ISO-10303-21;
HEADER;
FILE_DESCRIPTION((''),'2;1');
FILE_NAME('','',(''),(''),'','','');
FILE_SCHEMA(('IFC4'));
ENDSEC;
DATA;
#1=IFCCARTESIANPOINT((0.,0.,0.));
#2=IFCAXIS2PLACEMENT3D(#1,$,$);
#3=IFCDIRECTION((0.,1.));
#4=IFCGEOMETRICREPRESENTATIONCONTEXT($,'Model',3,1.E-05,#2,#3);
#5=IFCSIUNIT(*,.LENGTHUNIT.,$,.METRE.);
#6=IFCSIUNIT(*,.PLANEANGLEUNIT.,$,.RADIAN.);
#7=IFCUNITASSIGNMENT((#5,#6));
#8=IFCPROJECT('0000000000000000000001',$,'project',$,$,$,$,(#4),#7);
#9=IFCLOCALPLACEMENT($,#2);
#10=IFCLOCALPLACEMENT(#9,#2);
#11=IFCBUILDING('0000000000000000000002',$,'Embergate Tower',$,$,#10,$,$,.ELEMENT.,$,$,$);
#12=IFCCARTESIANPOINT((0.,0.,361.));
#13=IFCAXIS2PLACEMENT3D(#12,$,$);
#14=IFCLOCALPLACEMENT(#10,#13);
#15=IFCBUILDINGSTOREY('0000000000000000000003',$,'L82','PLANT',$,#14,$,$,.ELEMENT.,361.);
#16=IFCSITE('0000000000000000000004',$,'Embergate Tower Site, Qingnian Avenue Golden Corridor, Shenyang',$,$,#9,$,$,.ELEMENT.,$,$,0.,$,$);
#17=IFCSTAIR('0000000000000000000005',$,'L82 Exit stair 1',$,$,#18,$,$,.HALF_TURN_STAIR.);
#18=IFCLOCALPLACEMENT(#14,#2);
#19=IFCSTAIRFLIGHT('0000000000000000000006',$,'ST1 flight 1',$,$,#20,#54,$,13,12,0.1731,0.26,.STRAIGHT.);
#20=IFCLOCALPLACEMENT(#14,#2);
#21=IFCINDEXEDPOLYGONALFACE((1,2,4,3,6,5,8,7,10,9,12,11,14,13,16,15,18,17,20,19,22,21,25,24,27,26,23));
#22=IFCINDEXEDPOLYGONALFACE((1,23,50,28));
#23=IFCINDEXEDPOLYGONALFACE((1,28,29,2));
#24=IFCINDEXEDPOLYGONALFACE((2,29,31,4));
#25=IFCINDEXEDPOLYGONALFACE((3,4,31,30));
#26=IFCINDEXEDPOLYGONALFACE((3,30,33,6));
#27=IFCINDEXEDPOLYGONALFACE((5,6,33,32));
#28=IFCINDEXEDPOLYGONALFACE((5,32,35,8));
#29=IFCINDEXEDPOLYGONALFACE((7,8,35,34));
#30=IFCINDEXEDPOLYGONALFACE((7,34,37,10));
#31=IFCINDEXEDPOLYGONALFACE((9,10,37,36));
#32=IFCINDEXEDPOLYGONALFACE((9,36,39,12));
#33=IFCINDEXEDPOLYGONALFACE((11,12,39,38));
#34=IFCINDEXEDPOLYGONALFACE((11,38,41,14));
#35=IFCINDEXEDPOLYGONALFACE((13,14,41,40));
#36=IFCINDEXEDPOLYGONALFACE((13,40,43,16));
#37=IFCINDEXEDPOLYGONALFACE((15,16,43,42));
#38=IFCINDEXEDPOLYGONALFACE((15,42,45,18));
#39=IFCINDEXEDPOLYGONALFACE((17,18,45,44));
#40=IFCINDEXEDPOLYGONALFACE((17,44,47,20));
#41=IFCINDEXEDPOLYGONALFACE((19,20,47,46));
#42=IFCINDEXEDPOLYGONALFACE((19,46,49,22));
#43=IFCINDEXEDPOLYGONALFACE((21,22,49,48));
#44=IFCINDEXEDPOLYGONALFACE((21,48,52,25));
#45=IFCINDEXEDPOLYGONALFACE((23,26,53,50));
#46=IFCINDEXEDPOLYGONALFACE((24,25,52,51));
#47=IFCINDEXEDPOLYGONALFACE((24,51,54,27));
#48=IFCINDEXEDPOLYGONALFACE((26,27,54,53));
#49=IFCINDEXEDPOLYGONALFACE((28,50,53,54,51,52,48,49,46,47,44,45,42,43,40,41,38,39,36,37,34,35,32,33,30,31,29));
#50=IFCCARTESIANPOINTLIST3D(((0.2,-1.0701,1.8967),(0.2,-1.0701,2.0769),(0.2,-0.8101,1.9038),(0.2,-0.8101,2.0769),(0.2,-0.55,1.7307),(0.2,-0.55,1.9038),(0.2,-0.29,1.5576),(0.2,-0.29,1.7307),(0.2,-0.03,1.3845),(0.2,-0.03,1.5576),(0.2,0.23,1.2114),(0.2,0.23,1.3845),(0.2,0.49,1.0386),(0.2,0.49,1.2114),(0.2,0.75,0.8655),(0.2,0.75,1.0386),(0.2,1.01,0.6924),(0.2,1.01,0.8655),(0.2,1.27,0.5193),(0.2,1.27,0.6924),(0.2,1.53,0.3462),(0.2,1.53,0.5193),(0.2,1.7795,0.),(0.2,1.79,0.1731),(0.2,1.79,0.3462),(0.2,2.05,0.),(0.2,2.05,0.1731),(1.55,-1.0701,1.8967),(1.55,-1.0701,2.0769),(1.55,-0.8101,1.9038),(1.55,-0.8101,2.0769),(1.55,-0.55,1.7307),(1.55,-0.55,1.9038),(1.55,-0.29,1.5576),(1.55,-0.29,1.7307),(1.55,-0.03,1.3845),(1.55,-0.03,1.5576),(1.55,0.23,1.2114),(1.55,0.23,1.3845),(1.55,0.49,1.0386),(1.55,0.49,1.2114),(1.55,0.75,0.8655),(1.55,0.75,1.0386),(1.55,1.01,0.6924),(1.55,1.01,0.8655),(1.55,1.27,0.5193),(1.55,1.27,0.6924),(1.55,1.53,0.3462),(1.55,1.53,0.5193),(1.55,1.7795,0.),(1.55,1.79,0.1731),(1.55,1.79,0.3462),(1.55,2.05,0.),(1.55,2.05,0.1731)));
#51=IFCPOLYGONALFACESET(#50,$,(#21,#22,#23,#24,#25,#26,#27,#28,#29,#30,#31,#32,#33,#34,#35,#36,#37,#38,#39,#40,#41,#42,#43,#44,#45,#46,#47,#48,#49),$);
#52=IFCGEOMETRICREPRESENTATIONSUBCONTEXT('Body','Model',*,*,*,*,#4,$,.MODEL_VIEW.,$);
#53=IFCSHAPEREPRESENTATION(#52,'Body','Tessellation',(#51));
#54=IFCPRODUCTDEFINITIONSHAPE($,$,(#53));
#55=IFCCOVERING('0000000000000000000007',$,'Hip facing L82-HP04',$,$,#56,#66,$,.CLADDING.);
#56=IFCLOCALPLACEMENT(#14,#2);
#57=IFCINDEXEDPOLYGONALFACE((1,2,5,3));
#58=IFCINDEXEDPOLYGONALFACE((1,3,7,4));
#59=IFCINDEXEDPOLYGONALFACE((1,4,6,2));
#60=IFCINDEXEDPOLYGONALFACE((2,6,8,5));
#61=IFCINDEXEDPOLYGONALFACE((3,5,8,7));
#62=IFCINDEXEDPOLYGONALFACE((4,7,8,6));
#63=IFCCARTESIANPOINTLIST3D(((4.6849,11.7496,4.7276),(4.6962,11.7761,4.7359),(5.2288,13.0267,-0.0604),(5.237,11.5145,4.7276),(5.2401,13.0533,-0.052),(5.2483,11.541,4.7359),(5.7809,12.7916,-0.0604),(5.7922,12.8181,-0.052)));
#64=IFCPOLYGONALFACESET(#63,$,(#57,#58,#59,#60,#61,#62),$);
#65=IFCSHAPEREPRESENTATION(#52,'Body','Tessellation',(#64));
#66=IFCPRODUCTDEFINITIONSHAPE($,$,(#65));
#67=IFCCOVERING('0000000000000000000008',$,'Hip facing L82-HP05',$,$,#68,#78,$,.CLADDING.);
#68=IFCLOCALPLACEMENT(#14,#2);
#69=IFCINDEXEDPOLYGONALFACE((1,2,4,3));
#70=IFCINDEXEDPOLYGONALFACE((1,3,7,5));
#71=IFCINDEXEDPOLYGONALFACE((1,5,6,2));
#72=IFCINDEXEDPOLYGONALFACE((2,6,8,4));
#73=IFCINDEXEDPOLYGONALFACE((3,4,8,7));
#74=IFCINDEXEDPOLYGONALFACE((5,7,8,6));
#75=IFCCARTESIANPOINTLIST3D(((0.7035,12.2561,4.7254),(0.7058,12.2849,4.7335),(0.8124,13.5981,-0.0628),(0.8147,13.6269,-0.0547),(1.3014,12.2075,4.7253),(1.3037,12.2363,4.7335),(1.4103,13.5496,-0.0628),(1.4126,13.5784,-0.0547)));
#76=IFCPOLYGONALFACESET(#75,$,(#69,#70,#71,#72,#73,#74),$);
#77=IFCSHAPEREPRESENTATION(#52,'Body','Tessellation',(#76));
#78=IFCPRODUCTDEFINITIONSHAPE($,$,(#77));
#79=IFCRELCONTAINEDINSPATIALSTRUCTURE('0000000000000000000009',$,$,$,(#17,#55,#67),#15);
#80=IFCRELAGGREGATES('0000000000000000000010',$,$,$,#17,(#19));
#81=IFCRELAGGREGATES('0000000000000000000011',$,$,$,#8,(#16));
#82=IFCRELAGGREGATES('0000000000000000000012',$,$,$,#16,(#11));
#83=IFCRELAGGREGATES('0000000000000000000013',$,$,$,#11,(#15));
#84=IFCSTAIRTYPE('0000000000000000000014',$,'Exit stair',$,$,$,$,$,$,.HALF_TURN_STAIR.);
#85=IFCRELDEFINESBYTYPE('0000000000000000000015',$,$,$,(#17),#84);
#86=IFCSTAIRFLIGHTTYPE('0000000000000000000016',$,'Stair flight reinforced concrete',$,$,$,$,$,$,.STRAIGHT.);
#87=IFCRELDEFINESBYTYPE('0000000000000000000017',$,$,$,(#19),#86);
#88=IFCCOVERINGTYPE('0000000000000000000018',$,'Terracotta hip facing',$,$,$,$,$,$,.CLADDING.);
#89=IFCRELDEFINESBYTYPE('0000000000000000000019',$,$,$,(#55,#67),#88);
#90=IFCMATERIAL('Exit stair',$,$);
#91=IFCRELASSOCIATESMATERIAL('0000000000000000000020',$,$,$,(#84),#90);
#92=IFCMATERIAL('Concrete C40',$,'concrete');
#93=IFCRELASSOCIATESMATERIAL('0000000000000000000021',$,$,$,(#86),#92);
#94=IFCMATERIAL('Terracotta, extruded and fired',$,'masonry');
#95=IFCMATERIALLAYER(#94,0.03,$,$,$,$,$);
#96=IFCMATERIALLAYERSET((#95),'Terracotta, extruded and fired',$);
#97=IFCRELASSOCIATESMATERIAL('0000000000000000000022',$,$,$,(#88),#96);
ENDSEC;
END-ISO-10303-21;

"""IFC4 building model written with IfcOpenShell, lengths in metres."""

from ifc_helpers import new_model, si_unit, direction, frame, origin, place, context, subcontext, project, spatial, polyline, outline, extrude, source, transform, mapped, material, layer, layer_set, type_object, element, aggregate, save


model = new_model("IFC4")

# Units and contexts
model_context = context("Model", 3, precision=1e-05, world=origin(), true_north=direction((0.0, 1.0)))
body_context = subcontext(model_context, "Body", "Model", "MODEL_VIEW")
ifc_project = project(units=[si_unit("LENGTHUNIT", "METRE"), si_unit("PLANEANGLEUNIT", "RADIAN")], contexts=[model_context])

# Site, building, storey
site_placement = place(None, origin())
site = spatial("IfcSite", under=ifc_project, at=site_placement, Name="Embergate Tower Site, Qingnian Avenue Golden Corridor, Shenyang", CompositionType="ELEMENT", RefElevation=0.0)
building_placement = place(site_placement, origin())
building = spatial("IfcBuilding", under=site, at=building_placement, Name="Embergate Tower", CompositionType="ELEMENT")
storey_placement = place(building_placement, frame((0.0, 0.0, 361.0)))
storey = spatial("IfcBuildingStorey", under=building, at=storey_placement, Name="L82", Description="PLANT", CompositionType="ELEMENT", Elevation=361.0)

# Stair, stair flight
ifc_material_1 = material(Name="Exit stair")
stair_type = type_object("IfcStairType", Name="Exit stair", PredefinedType="HALF_TURN_STAIR", material=ifc_material_1)
stair_placement = place(storey_placement, origin())
stair = element("IfcStair", 1, at=stair_placement, inside=storey, type_object=stair_type, Name="L82 Exit stair 1", PredefinedType="HALF_TURN_STAIR")
ifc_material_2 = material(Name="Concrete C40", Category="concrete")
stair_flight_type = type_object("IfcStairFlightType", Name="Stair flight reinforced concrete", PredefinedType="STRAIGHT", material=ifc_material_2)
shared_shape_1 = source(origin(), body_context, "Body", "SweptSolid", [
    extrude(outline(polyline([(0.0, 0.0), (0.0, 0.1731), (0.26, 0.1731), (0.26, 0.3462), (0.52, 0.3462), (0.52, 0.5193), (0.78, 0.5193), (0.78, 0.6924), (1.04, 0.6924), (1.04, 0.8655), (1.3, 0.8655), (1.3, 1.0386), (1.5601, 1.0386), (1.5601, 1.2114), (1.8201, 1.2114), (1.8201, 1.3845), (2.0801, 1.3845), (2.0801, 1.5576), (2.3401, 1.5576), (2.3401, 1.7307), (2.6001, 1.7307), (2.6001, 1.9038), (2.8601, 1.9038), (2.8601, 2.0769), (3.1201, 2.0769), (3.1201, 2.25), (3.1201, 1.8967), (0.2705, 0.0), (0.0, 0.0)])), frame((0.0, 0.675, 0.0), z_axis=(0.0, -1.0, 0.0), x_axis=(1.0, 0.0, 0.0)), (0.0, 0.0, 1.0), 1.3501),
])
stair_flight_placement = place(storey_placement, frame((0.875, 2.05, 0.0), z_axis=(0.0, 0.0, 1.0), x_axis=(0.0, -1.0, 0.0)))
stair_flight = element("IfcStairFlight", 2, at=stair_flight_placement, type_object=stair_flight_type, Name="ST1 flight 1", NumberOfRisers=13, NumberOfTreads=12, PredefinedType="STRAIGHT", RiserHeight=0.1731, TreadLength=0.26, context=body_context, shape_type="MappedRepresentation", body=[
    mapped(shared_shape_1, transform((0.0, 0.0, 0.0))),
])
aggregate(stair, [stair_flight])

# Coverings
ifc_material_3 = material(Name="Terracotta, extruded and fired", Category="masonry")
ifc_layer_1 = layer(ifc_material_3, 0.03)
ifc_layer_set_1 = layer_set([ifc_layer_1], Name="Terracotta, extruded and fired")
covering_type = type_object("IfcCoveringType", Name="Terracotta hip facing", PredefinedType="CLADDING", material=ifc_layer_set_1)
shared_shape_2 = source(origin(), body_context, "Body", "SweptSolid", [
    extrude(outline(polyline([(0.0, 0.0), (4.9851, 0.0), (4.9851, -0.6001), (0.0, -0.6001), (0.0, 0.0)])), origin(), (0.0, 0.0, -1.0), 0.03),
])
covering_1_placement = place(storey_placement, frame((5.7922, 12.8181, -0.052), z_axis=(0.376357, 0.883638, 0.278458), x_axis=(-0.109116, -0.256188, 0.960448)))
element("IfcCovering", 3, at=covering_1_placement, inside=storey, type_object=covering_type, Name="Hip facing L82-HP04", PredefinedType="CLADDING", context=body_context, shape_type="MappedRepresentation", body=[
    mapped(shared_shape_2, transform((0.0, 0.0, 0.0))),
])
shared_shape_3 = source(origin(), body_context, "Body", "SweptSolid", [
    extrude(outline(polyline([(0.0, 0.0), (4.9739, 0.0), (4.9739, -0.5999), (0.0, -0.5999), (0.0, 0.0)])), origin(), (0.0, 0.0, -1.0), 0.03),
])
covering_2_placement = place(storey_placement, frame((1.4126, 13.5784, -0.0547), z_axis=(0.077967, 0.959499, 0.270709), x_axis=(-0.021892, -0.269822, 0.962661)))
element("IfcCovering", 4, at=covering_2_placement, inside=storey, type_object=covering_type, Name="Hip facing L82-HP05", PredefinedType="CLADDING", context=body_context, shape_type="MappedRepresentation", body=[
    mapped(shared_shape_3, transform((0.0, 0.0, 0.0))),
])

save(model, "model.ifc")
